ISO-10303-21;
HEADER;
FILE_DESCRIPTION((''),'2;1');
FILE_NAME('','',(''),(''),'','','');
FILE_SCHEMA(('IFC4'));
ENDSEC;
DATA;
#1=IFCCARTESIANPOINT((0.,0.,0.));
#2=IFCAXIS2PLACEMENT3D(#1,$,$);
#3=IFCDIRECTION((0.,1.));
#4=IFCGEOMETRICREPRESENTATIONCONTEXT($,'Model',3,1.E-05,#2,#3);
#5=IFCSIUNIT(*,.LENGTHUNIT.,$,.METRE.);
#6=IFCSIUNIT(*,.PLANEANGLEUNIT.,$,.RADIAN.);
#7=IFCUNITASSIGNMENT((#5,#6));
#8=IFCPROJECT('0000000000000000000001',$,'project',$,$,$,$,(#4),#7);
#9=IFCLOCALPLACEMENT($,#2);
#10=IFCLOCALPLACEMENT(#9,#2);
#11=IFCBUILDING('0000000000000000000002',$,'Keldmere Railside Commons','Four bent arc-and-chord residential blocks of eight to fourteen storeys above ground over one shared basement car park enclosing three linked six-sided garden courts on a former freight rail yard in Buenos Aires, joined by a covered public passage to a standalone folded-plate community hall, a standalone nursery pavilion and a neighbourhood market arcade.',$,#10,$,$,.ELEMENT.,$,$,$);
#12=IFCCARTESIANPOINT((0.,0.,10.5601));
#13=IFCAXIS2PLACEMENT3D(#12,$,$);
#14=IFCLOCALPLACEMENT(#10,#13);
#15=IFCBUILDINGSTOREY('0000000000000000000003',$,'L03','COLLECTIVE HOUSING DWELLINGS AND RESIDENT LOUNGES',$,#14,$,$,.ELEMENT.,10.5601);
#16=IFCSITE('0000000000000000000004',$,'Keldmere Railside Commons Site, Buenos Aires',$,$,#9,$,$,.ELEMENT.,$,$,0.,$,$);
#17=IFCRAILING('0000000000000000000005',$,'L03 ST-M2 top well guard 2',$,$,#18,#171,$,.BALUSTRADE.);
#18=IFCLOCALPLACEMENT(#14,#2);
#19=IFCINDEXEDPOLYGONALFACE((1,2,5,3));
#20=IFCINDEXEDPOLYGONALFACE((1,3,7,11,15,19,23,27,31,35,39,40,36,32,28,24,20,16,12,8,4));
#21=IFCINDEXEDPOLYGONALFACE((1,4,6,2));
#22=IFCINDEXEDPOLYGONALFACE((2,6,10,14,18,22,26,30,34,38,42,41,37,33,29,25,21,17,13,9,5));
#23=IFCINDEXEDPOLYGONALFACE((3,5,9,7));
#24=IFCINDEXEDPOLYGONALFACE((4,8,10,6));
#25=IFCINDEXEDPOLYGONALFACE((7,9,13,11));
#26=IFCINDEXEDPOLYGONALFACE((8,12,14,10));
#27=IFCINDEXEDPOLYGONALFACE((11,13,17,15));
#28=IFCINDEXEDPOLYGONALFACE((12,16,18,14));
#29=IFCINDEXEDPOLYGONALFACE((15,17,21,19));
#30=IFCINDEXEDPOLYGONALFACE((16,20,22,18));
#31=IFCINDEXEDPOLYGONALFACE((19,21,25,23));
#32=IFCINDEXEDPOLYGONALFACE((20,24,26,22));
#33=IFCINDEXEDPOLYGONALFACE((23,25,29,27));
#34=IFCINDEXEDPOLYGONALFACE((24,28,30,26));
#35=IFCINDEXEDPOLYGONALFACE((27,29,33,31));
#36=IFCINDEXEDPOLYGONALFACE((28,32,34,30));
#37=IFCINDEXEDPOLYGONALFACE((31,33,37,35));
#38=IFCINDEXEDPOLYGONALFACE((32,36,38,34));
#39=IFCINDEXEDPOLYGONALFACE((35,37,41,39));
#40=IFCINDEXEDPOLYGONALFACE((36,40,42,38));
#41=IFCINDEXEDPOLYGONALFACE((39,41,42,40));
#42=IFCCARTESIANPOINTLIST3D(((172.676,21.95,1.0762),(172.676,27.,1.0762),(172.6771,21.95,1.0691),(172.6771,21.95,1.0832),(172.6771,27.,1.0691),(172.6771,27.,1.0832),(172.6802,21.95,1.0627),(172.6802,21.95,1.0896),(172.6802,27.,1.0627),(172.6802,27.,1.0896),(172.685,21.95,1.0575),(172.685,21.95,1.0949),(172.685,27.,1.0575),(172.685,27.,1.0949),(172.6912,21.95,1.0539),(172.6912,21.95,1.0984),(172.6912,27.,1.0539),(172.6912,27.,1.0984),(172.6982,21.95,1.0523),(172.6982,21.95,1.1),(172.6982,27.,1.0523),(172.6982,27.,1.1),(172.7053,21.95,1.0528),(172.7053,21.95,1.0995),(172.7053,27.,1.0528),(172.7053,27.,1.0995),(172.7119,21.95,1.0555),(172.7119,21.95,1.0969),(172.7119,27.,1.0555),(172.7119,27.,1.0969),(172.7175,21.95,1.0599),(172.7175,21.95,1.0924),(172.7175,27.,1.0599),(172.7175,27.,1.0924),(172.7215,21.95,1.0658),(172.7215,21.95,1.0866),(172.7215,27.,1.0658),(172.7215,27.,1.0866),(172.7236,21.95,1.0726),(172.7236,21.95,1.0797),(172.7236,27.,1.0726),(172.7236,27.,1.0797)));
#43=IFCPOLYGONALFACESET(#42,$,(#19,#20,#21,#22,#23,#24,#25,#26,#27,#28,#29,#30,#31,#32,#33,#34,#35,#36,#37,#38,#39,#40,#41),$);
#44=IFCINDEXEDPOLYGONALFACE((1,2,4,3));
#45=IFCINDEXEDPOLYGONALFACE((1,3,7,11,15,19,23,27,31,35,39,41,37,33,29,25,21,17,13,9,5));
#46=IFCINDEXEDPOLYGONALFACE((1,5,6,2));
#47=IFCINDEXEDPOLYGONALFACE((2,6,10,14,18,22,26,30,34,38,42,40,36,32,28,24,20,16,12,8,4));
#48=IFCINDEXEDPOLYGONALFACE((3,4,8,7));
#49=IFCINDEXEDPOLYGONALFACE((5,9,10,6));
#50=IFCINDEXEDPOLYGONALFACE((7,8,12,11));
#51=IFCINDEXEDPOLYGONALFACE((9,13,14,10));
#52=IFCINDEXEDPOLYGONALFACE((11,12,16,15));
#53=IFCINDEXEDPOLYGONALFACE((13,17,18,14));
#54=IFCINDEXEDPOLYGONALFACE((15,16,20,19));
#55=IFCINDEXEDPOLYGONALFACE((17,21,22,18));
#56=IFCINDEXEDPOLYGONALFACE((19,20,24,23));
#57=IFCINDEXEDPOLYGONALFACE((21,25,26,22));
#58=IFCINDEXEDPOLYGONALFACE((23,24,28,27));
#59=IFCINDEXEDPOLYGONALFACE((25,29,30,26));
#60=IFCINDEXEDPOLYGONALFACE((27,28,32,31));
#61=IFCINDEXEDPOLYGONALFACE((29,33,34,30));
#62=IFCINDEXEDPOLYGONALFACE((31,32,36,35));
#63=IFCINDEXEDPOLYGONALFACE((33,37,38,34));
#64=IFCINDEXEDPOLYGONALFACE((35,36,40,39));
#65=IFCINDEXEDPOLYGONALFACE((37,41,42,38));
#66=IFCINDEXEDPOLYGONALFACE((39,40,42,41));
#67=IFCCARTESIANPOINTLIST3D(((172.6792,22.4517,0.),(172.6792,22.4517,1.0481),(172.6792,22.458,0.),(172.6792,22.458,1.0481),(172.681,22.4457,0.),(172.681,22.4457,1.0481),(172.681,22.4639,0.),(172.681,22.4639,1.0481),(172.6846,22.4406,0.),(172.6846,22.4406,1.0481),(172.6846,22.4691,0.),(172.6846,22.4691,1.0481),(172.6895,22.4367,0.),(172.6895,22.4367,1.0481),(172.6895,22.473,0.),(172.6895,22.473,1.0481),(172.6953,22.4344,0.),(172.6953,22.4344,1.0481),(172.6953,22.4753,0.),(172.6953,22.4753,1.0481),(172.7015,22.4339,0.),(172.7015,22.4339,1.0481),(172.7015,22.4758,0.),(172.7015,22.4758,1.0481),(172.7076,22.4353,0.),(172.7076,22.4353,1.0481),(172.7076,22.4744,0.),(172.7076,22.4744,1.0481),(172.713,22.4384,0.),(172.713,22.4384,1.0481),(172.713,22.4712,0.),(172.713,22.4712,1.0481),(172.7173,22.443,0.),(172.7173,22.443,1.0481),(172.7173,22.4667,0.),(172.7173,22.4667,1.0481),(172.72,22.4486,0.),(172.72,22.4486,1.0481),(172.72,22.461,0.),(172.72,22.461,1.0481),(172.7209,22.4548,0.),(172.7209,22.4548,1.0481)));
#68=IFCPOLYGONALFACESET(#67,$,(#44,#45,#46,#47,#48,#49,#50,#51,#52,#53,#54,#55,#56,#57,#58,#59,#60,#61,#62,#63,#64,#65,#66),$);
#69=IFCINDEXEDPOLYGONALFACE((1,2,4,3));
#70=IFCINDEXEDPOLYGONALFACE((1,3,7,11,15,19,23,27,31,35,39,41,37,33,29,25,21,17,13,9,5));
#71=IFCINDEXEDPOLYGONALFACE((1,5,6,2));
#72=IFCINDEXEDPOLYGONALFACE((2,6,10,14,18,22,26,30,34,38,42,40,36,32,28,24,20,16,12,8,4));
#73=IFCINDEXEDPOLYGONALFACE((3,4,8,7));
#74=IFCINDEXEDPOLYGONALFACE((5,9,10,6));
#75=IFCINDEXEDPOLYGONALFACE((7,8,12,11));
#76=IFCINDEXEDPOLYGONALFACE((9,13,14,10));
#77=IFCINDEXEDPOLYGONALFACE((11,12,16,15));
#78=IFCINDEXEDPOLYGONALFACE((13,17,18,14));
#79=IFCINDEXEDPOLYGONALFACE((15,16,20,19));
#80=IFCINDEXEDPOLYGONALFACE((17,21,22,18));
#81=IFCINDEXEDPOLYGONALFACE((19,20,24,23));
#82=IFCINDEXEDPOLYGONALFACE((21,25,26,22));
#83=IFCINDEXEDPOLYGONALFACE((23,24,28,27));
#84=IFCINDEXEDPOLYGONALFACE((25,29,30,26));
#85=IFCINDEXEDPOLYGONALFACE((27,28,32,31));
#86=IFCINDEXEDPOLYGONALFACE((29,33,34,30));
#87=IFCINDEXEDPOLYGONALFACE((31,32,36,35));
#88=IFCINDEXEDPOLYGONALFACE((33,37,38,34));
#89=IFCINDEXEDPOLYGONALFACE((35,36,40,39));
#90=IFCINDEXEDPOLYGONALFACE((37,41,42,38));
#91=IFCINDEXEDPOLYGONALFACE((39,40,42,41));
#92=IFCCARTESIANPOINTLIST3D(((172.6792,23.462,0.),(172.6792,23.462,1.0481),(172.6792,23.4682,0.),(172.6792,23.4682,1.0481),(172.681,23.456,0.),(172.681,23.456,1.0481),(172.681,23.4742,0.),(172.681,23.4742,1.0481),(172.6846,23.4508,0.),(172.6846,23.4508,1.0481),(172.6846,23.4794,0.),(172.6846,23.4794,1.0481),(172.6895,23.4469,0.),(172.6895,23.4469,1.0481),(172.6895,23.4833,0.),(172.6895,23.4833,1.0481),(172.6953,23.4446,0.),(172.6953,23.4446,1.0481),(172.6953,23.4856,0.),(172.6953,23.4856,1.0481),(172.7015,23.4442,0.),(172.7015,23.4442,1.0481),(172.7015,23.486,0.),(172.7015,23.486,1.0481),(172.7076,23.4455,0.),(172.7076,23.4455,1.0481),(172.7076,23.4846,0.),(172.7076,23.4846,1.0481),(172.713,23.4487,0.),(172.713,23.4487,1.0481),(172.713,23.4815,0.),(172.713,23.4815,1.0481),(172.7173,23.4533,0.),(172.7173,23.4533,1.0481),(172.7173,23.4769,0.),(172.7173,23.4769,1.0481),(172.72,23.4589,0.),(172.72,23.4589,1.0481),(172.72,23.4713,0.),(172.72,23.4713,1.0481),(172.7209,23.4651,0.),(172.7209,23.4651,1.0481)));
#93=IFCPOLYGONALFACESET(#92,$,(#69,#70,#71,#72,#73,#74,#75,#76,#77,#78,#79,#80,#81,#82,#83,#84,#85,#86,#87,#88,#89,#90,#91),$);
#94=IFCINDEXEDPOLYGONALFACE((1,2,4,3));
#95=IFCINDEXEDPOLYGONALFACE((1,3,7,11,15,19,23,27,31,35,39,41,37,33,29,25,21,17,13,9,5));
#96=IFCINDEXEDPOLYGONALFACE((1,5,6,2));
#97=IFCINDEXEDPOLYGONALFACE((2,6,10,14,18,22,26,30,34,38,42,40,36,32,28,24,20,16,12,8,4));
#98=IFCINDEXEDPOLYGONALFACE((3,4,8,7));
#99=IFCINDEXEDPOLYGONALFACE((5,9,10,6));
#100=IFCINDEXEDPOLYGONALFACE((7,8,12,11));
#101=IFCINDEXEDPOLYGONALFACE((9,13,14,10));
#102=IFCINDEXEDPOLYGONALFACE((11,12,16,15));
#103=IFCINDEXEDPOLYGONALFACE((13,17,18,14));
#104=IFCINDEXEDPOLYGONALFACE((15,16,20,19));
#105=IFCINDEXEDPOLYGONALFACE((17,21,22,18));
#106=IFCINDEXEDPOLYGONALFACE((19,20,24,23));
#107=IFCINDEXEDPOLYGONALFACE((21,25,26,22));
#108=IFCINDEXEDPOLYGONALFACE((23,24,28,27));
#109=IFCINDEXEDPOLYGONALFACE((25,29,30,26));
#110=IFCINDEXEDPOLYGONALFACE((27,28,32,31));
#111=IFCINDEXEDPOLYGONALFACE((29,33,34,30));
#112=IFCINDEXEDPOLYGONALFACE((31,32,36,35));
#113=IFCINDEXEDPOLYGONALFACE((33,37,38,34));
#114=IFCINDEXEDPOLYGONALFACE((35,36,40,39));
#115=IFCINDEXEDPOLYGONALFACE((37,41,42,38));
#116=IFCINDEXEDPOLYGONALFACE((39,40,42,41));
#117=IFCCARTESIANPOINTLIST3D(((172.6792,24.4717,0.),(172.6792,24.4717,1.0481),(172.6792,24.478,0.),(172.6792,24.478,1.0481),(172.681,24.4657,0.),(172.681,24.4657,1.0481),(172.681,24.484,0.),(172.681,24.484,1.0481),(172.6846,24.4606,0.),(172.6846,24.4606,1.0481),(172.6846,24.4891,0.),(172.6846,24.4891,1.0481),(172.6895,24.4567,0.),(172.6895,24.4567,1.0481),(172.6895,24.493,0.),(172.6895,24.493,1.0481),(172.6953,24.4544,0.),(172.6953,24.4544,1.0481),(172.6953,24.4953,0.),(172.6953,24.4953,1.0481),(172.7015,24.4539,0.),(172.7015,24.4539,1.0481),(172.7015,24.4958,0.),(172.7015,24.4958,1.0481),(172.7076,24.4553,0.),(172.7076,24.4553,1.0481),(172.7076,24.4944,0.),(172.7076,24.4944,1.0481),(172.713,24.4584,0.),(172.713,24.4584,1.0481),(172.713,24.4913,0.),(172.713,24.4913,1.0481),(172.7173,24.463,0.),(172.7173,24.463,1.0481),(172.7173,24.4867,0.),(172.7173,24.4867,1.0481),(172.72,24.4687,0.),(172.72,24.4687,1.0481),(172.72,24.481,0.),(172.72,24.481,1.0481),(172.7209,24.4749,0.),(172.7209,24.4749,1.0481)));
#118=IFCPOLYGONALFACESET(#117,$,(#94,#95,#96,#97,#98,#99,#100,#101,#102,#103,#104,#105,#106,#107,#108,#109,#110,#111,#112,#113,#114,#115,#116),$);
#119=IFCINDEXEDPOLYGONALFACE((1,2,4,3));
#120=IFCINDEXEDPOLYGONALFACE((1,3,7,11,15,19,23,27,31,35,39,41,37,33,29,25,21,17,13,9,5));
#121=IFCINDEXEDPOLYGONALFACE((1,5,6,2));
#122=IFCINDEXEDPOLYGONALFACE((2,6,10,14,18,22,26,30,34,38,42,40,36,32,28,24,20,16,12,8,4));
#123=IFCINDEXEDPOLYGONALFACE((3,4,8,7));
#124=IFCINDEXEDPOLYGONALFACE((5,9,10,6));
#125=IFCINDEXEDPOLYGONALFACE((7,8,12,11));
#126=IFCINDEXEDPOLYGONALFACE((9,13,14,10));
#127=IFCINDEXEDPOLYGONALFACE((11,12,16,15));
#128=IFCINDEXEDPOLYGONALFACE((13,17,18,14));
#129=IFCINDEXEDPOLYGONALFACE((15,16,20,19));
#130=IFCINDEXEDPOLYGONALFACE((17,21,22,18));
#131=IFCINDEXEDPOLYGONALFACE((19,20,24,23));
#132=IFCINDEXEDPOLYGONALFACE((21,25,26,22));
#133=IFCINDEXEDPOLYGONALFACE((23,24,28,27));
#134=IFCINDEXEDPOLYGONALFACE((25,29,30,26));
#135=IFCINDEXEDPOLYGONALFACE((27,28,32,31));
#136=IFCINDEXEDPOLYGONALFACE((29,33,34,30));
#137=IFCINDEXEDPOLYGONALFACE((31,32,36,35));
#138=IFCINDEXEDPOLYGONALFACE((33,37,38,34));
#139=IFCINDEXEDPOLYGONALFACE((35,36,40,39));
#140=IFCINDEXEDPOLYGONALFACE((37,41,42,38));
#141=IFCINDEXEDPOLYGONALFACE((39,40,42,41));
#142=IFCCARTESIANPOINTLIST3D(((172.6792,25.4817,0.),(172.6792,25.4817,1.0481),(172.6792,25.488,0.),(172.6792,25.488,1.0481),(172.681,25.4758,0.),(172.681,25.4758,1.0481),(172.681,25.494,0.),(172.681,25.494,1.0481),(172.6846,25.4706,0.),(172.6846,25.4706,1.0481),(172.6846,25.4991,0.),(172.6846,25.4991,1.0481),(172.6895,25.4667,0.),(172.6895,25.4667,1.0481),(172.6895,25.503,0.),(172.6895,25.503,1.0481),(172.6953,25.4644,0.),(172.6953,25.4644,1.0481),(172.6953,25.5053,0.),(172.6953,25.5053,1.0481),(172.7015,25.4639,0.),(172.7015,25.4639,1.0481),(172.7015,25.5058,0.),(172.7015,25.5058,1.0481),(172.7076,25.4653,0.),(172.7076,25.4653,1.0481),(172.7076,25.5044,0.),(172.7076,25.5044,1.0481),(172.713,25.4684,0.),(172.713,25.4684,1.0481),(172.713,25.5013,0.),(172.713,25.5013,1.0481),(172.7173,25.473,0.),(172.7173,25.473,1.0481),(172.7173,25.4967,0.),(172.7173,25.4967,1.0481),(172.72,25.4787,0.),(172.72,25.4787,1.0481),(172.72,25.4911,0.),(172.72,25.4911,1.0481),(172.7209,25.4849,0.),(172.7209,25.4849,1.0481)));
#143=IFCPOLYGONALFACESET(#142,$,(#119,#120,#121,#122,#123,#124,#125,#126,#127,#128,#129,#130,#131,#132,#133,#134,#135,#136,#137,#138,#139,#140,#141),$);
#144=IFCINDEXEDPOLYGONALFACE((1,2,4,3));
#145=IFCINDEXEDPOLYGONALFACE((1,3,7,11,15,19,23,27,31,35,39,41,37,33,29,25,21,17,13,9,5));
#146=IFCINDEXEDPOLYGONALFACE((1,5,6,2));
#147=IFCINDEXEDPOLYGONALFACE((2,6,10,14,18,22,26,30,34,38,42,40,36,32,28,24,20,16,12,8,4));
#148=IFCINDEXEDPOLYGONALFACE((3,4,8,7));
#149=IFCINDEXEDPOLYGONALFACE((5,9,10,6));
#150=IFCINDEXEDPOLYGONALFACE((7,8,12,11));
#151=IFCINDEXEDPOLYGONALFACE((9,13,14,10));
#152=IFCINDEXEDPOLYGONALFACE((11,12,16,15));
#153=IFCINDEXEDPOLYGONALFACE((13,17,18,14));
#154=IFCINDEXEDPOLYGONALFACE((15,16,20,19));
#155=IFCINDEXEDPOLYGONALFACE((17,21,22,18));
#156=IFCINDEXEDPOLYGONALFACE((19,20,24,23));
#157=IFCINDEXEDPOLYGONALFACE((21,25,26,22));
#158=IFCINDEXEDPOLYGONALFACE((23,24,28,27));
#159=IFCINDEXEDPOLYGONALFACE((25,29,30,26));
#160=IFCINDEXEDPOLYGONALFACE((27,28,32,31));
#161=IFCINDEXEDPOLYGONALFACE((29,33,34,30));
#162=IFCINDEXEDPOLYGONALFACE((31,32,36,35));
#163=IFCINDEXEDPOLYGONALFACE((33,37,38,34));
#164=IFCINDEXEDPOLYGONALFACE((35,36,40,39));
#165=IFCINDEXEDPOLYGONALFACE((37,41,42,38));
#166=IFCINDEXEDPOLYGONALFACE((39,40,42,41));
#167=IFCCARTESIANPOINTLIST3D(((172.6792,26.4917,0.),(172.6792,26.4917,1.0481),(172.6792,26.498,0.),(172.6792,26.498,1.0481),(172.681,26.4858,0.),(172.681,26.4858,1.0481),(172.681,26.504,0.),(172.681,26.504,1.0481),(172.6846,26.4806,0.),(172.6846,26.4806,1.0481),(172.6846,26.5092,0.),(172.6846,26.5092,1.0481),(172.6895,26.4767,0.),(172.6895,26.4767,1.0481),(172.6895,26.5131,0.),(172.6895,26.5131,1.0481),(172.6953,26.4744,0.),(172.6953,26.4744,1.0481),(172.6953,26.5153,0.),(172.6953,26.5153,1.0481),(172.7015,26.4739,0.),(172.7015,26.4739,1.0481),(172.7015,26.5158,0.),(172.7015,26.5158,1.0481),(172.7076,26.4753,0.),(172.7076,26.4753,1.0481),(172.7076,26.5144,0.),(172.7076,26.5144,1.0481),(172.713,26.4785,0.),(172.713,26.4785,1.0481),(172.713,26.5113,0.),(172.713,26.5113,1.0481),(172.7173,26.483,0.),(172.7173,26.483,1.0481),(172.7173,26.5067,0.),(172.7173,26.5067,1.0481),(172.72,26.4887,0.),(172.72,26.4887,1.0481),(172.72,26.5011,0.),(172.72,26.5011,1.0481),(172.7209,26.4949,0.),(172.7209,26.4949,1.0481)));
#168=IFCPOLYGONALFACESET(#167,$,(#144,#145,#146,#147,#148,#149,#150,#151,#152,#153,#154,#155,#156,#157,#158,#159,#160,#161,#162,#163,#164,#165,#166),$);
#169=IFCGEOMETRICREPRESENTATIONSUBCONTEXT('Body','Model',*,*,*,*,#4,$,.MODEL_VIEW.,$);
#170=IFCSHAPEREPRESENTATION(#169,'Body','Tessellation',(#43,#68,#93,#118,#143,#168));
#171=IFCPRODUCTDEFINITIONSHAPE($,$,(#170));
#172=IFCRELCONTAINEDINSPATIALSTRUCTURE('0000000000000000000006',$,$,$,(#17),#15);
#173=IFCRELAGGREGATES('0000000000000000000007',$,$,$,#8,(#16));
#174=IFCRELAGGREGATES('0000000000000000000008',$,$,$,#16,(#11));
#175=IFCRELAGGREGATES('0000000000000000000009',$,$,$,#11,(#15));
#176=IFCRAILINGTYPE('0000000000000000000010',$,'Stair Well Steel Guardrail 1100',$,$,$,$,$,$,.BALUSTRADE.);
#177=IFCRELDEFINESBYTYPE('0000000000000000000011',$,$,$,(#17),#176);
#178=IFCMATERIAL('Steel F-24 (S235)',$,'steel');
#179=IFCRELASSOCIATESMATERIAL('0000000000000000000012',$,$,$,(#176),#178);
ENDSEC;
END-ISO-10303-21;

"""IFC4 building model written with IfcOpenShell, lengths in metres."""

from ifc_helpers import new_model, si_unit, direction, frame, origin, origin_2d, place, context, subcontext, project, spatial, circle, extrude, material, type_object, element, save


model = new_model("IFC4")

# Units and contexts
model_context = context("Model", 3, precision=1e-05, world=origin(), true_north=direction((0.0, 1.0)))
body_context = subcontext(model_context, "Body", "Model", "MODEL_VIEW")
ifc_project = project(units=[si_unit("LENGTHUNIT", "METRE"), si_unit("PLANEANGLEUNIT", "RADIAN")], contexts=[model_context])

# Site, building, storey
site_placement = place(None, origin())
site = spatial("IfcSite", under=ifc_project, at=site_placement, Name="Keldmere Railside Commons Site, Buenos Aires", CompositionType="ELEMENT", RefElevation=0.0)
building_placement = place(site_placement, origin())
building = spatial("IfcBuilding", under=site, at=building_placement, Name="Keldmere Railside Commons", Description="Four bent arc-and-chord residential blocks of eight to fourteen storeys above ground over one shared basement car park enclosing three linked six-sided garden courts on a former freight rail yard in Buenos Aires, joined by a covered public passage to a standalone folded-plate community hall, a standalone nursery pavilion and a neighbourhood market arcade.", CompositionType="ELEMENT")
storey_placement = place(building_placement, frame((0.0, 0.0, 10.5601)))
storey = spatial("IfcBuildingStorey", under=building, at=storey_placement, Name="L03", Description="COLLECTIVE HOUSING DWELLINGS AND RESIDENT LOUNGES", CompositionType="ELEMENT", Elevation=10.5601)

# Railing
ifc_material_1 = material(Name="Steel F-24 (S235)", Category="steel")
railing_type_1 = type_object("IfcRailingType", Name="Stair Well Steel Guardrail 1100", PredefinedType="BALUSTRADE", material=ifc_material_1)
railing_1_placement = place(storey_placement, frame((172.7, 21.95, 0.0)))
element("IfcRailing", 1, at=railing_1_placement, inside=storey, type_object=railing_type_1, Name="L03 ST-M2 top well guard 2", PredefinedType="BALUSTRADE", context=body_context, shape_type="SweptSolid", body=[
    extrude(circle(Radius=0.0239, at=origin_2d()), frame((0.0, 0.0, 1.0762), z_axis=(0.0, 1.0, 0.0), x_axis=(-1.0, 0.0, 0.0)), (0.0, 0.0, 1.0), 5.05),
    extrude(circle(Radius=0.021, at=origin_2d()), frame((0.0, 0.5049, 0.0)), (0.0, 0.0, 1.0), 1.0481),
    extrude(circle(Radius=0.021, at=origin_2d()), frame((0.0, 1.5151, 0.0)), (0.0, 0.0, 1.0), 1.0481),
    extrude(circle(Radius=0.021, at=origin_2d()), frame((0.0, 2.5249, 0.0)), (0.0, 0.0, 1.0), 1.0481),
    extrude(circle(Radius=0.021, at=origin_2d()), frame((0.0, 3.5349, 0.0)), (0.0, 0.0, 1.0), 1.0481),
    extrude(circle(Radius=0.021, at=origin_2d()), frame((0.0, 4.5449, 0.0)), (0.0, 0.0, 1.0), 1.0481),
])

save(model, "model.ifc")
